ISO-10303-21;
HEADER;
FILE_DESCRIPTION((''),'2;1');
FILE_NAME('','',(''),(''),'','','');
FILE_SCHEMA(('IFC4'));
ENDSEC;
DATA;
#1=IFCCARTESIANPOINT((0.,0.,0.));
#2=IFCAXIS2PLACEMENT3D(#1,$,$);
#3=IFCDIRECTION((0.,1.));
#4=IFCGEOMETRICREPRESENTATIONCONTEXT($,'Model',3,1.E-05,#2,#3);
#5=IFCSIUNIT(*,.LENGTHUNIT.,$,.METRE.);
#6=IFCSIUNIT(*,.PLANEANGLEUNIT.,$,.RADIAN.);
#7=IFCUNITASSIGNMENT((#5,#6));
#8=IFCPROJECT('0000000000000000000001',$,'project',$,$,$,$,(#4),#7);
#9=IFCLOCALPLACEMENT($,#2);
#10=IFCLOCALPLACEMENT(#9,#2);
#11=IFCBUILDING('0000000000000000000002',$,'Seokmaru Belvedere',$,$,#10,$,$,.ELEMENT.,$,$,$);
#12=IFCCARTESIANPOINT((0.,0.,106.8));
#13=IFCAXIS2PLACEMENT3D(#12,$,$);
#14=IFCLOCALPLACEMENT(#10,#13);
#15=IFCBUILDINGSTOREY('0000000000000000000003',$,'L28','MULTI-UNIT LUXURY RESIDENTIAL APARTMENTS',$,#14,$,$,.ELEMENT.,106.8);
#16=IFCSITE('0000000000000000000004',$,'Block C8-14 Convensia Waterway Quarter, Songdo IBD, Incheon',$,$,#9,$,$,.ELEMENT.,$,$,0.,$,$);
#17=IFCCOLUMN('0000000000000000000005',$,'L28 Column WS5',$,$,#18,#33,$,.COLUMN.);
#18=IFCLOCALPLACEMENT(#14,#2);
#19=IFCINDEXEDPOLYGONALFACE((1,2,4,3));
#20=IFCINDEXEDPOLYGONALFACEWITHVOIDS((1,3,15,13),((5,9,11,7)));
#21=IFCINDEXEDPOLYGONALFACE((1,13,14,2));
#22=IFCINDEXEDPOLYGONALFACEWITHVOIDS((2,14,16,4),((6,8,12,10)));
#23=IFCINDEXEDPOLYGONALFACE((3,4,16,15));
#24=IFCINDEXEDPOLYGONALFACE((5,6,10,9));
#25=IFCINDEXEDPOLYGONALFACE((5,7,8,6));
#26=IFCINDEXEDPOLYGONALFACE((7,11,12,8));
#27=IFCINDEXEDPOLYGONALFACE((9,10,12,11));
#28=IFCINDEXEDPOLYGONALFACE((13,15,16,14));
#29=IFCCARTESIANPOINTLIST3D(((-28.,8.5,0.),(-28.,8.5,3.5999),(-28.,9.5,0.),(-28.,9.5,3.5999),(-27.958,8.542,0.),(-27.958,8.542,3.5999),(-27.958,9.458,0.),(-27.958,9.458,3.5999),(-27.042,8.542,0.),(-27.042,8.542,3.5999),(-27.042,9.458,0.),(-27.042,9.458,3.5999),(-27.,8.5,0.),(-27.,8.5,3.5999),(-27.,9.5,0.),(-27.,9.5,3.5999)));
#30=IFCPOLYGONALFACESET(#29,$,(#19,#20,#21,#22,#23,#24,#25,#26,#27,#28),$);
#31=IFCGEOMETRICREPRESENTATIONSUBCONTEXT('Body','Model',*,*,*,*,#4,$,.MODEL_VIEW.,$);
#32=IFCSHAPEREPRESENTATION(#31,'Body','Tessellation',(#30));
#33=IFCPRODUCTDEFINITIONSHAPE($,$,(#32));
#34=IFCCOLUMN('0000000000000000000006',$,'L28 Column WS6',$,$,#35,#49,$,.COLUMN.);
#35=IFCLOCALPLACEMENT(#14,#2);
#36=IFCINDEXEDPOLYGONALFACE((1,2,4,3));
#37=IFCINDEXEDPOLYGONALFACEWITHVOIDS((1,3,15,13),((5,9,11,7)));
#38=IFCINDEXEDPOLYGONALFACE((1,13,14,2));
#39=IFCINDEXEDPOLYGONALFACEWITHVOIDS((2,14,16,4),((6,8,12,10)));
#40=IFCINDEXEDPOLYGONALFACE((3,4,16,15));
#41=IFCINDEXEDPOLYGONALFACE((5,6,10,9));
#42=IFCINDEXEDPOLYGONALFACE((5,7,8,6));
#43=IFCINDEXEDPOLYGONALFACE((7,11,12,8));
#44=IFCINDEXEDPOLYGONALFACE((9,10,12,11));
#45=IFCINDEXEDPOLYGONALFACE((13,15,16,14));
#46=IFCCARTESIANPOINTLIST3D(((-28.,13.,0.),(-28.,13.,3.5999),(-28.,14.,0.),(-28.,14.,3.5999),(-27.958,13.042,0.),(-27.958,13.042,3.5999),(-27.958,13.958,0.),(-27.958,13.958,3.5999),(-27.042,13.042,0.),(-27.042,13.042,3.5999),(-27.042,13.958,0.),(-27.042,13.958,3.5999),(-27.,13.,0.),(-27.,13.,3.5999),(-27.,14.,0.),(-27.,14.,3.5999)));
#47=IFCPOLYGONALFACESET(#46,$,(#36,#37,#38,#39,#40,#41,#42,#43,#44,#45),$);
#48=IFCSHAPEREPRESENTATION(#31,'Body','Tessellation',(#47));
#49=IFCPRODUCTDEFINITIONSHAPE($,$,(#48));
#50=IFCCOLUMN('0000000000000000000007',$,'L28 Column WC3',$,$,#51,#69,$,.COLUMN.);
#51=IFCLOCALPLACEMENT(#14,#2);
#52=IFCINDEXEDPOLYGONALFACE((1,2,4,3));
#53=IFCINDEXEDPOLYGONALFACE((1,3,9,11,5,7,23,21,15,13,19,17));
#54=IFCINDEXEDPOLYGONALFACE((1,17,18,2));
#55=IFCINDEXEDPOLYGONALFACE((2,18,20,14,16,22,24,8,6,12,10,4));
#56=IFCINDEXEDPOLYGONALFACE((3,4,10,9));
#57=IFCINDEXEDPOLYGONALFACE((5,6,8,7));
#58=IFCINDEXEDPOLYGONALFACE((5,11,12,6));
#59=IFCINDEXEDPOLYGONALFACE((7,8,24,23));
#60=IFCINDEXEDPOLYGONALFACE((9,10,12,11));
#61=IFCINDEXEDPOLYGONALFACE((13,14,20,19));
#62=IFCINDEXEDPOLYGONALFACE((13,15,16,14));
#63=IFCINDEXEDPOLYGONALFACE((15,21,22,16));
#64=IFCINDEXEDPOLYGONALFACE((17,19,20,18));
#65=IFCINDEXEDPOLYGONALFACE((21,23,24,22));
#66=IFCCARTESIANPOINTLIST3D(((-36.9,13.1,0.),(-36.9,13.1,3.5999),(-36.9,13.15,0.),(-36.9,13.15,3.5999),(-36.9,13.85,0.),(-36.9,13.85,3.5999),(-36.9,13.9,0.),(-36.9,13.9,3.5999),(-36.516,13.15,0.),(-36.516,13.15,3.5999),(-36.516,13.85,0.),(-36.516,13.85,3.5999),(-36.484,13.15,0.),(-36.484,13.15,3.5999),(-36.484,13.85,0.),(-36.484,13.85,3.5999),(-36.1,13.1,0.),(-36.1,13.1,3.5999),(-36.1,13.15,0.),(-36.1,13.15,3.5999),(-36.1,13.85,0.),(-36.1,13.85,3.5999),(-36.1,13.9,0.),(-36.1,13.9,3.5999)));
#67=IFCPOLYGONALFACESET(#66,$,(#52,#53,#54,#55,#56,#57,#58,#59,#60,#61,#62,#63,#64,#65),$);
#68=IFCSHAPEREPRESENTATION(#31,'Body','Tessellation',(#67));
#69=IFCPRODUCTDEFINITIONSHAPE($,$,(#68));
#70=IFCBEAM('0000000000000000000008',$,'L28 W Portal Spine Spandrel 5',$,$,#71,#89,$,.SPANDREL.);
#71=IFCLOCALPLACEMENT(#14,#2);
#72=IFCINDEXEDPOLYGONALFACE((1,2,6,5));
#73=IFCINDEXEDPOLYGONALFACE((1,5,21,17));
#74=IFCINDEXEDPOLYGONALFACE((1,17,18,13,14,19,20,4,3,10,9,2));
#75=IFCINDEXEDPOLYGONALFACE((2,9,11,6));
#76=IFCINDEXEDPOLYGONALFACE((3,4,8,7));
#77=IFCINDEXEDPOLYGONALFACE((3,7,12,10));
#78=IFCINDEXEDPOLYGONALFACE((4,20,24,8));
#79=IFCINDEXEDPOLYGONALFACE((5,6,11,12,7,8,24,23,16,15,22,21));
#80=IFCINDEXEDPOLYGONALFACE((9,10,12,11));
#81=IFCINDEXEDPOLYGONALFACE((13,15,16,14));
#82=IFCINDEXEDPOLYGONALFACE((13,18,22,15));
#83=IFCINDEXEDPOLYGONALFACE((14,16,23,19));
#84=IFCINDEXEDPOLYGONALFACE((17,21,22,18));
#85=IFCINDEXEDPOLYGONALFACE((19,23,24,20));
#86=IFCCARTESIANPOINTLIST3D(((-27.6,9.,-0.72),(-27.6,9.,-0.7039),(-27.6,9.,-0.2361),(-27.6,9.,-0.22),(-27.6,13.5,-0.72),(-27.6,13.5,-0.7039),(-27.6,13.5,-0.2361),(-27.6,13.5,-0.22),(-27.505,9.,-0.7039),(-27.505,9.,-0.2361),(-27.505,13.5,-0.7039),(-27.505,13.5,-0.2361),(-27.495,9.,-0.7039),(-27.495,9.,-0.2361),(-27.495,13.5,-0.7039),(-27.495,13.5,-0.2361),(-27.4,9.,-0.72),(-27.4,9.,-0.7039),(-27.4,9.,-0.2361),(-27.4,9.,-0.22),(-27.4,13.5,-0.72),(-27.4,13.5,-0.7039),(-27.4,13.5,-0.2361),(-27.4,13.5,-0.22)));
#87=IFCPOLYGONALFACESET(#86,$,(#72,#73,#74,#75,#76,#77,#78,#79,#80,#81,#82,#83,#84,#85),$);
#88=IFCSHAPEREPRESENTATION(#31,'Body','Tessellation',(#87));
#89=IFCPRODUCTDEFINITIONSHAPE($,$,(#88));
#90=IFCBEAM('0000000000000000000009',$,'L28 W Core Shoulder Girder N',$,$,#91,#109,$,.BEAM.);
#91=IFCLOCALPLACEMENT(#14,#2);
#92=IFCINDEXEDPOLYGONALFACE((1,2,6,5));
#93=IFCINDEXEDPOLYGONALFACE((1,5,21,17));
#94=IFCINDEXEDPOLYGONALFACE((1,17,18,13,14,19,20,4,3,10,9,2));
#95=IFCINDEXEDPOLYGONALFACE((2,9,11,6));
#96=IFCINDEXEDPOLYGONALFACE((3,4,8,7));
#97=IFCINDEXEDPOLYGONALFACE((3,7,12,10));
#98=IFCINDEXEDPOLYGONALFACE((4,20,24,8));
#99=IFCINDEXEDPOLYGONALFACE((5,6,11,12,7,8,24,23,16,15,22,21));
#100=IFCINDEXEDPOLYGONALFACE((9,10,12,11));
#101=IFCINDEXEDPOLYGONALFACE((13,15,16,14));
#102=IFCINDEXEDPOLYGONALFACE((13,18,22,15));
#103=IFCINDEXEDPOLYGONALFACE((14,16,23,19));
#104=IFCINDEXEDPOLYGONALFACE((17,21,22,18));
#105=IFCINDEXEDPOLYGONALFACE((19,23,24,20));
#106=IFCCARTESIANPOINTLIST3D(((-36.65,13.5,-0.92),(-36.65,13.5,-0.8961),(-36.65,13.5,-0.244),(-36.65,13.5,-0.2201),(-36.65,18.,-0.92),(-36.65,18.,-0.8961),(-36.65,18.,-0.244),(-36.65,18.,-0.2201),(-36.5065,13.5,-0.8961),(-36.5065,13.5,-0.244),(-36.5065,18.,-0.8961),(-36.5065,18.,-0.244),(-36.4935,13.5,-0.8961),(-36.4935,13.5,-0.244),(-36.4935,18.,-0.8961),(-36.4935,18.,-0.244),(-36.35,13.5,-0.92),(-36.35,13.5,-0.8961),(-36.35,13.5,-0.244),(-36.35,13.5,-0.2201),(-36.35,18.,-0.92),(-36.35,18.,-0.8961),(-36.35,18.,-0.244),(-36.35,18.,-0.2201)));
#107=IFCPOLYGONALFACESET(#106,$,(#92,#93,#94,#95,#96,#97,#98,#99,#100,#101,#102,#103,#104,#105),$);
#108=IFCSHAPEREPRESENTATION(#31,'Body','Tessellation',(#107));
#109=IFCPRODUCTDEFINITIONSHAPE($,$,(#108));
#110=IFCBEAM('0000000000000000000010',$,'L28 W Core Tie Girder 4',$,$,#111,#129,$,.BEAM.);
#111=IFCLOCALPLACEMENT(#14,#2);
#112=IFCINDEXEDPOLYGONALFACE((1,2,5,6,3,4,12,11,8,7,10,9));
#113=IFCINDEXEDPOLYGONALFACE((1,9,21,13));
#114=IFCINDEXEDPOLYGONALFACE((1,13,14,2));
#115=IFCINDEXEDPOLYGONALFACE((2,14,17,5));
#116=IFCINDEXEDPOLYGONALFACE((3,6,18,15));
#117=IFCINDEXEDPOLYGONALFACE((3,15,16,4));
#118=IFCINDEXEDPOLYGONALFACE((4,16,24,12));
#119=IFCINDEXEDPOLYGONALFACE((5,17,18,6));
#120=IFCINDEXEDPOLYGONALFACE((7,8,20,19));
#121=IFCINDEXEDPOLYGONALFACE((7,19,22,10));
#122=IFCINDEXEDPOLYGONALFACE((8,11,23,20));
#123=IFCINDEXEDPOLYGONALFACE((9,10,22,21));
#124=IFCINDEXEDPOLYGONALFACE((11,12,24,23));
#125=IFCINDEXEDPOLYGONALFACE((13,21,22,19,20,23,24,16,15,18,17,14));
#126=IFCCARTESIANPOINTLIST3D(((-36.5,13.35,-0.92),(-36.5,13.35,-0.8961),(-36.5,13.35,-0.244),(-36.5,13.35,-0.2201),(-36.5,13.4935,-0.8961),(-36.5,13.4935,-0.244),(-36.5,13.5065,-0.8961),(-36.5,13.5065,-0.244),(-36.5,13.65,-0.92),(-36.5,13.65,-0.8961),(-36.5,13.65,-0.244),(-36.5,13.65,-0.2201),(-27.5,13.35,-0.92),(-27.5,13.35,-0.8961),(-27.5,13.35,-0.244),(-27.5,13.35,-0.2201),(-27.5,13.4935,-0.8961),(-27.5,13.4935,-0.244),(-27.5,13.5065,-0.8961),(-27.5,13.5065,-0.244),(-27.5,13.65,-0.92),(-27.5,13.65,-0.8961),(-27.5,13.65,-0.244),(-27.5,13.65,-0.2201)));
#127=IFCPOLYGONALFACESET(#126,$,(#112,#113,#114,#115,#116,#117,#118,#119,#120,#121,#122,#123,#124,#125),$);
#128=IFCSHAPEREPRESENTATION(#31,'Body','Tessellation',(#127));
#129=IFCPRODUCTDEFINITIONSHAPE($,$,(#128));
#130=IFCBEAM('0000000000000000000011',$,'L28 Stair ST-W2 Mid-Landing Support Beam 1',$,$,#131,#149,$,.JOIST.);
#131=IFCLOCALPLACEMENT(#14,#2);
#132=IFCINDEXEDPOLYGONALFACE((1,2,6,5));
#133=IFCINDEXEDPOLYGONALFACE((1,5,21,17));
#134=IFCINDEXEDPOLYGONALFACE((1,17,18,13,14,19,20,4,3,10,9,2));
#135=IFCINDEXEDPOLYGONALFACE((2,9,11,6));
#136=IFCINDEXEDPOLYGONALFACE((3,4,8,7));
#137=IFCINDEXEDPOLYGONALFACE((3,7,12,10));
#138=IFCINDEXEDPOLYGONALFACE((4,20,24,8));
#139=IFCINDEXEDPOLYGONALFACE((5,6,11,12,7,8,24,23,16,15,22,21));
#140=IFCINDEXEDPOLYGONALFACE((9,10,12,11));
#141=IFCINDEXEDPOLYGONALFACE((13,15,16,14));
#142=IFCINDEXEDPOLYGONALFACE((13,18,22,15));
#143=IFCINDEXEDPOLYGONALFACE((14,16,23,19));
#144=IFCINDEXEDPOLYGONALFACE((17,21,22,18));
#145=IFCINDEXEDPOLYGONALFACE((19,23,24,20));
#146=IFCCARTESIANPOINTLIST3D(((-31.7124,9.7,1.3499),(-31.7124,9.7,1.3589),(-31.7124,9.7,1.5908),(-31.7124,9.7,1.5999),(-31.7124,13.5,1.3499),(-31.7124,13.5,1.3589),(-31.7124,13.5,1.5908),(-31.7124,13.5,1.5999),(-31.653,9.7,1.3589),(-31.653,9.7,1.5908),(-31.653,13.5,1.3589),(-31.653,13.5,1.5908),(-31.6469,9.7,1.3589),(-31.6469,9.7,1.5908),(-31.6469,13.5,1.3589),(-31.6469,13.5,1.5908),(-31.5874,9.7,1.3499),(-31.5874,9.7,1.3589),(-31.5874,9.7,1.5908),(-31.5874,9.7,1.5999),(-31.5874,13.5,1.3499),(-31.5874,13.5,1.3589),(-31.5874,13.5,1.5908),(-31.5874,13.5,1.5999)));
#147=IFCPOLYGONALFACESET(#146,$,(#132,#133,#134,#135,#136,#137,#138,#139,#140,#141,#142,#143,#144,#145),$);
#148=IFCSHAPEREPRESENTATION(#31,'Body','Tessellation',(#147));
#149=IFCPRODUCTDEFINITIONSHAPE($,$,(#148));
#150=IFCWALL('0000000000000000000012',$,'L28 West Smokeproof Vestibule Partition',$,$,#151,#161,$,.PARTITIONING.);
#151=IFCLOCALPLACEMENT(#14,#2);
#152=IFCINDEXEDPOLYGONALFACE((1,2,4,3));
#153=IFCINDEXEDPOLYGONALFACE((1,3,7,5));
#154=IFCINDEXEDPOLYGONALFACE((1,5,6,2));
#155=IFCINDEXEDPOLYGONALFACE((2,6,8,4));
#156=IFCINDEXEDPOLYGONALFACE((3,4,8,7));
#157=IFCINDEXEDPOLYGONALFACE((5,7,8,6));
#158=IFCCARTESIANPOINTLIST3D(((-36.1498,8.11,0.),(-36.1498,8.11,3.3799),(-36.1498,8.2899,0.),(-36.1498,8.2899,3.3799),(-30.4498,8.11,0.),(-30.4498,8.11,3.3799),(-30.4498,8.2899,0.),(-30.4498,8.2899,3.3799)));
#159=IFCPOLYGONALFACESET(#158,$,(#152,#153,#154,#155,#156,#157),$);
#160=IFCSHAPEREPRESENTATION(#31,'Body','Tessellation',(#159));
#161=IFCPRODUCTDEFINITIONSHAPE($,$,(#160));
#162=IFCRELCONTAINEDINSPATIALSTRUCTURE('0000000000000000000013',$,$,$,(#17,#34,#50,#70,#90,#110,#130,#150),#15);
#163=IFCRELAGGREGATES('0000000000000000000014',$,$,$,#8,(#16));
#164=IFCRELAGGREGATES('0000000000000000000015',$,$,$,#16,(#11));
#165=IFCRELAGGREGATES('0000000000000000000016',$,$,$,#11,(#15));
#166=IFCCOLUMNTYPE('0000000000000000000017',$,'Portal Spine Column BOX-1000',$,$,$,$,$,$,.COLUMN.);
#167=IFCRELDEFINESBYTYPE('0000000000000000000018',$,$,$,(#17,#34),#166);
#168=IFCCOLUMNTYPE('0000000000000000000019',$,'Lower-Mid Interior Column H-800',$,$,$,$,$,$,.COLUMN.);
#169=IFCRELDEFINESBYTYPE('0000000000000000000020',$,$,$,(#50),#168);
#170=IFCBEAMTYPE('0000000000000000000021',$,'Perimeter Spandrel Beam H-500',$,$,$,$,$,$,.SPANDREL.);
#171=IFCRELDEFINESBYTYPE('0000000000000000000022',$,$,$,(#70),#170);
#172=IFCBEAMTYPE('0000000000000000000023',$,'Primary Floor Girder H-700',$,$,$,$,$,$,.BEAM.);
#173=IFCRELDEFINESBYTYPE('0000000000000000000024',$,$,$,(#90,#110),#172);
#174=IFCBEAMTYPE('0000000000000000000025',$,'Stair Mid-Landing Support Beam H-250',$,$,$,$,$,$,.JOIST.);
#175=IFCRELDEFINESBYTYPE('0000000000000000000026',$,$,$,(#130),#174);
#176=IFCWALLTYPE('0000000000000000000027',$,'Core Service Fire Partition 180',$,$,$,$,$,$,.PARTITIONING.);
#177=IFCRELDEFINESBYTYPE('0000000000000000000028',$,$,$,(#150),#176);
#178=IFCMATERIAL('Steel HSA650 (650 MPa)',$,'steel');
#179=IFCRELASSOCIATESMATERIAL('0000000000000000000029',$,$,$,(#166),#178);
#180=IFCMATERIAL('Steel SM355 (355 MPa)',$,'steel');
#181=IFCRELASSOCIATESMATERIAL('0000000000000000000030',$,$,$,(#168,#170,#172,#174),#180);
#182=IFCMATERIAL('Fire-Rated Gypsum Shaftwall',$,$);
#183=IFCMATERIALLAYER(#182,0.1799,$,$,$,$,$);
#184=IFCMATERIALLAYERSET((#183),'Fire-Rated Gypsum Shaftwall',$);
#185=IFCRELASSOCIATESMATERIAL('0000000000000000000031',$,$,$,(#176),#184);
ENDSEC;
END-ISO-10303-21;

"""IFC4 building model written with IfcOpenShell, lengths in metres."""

from ifc_helpers import new_model, si_unit, direction, frame, frame_2d, origin, origin_2d, place, context, subcontext, project, spatial, rectangle, hollow_rectangle, i_section, extrude, source, transform, mapped, material, layer, layer_set, material_profile, profile_set, type_object, type_shapes, element, save


model = new_model("IFC4")

# Units and contexts
model_context = context("Model", 3, precision=1e-05, world=origin(), true_north=direction((0.0, 1.0)))
body_context = subcontext(model_context, "Body", "Model", "MODEL_VIEW")
ifc_project = project(units=[si_unit("LENGTHUNIT", "METRE"), si_unit("PLANEANGLEUNIT", "RADIAN")], contexts=[model_context])

# Site, building, storey
site_placement = place(None, origin())
site = spatial("IfcSite", under=ifc_project, at=site_placement, Name="Block C8-14 Convensia Waterway Quarter, Songdo IBD, Incheon", CompositionType="ELEMENT", RefElevation=0.0)
building_placement = place(site_placement, origin())
building = spatial("IfcBuilding", under=site, at=building_placement, Name="Seokmaru Belvedere", CompositionType="ELEMENT")
storey_placement = place(building_placement, frame((0.0, 0.0, 106.8)))
storey = spatial("IfcBuildingStorey", under=building, at=storey_placement, Name="L28", Description="MULTI-UNIT LUXURY RESIDENTIAL APARTMENTS", CompositionType="ELEMENT", Elevation=106.8)

# Columns
ifc_material_1 = material(Name="Steel HSA650 (650 MPa)", Category="steel")
ifc_material_profile_1 = material_profile(ifc_material_1, hollow_rectangle(XDim=1.0, YDim=1.0, WallThickness=0.042, at=origin_2d()), Name="BOX-1000x1000x42")
ifc_profile_set_1 = profile_set([ifc_material_profile_1], Name="Steel HSA650 (650 MPa)")
column_type_1 = type_object("IfcColumnType", Name="Portal Spine Column BOX-1000", PredefinedType="COLUMN", material=ifc_profile_set_1)
shared_shape_1 = source(origin(), body_context, "Body", "SweptSolid", [
    extrude(hollow_rectangle(XDim=1.0, YDim=1.0, WallThickness=0.042, at=origin_2d()), origin(), (0.0, 0.0, 1.0), 3.5999),
])
type_shapes(column_type_1, [shared_shape_1])
for number, where, z_axis, x_axis, name in (
    (1, (-27.5, 9.0, 0.0), (0.0, 0.0, 1.0), (1.0, 0.0, 0.0), "L28 Column WS5"),
    (2, (-27.5, 13.5, 0.0), (0.0, 0.0, 1.0), (1.0, 0.0, 0.0), "L28 Column WS6"),
):
    element("IfcColumn", number, at=place(storey_placement, frame(where, z_axis=z_axis, x_axis=x_axis)), inside=storey, type_object=column_type_1, Name=name, PredefinedType="COLUMN", context=body_context, shape_type="MappedRepresentation", body=[
        mapped(shared_shape_1, transform((0.0, 0.0, 0.0), scale=1.0)),
    ])
ifc_material_2 = material(Name="Steel SM355 (355 MPa)", Category="steel")
ifc_material_profile_2 = material_profile(ifc_material_2, i_section(OverallWidth=0.8, OverallDepth=0.8, WebThickness=0.032, FlangeThickness=0.05, at=origin_2d()), Name="H-800x800x32x50")
ifc_profile_set_2 = profile_set([ifc_material_profile_2], Name="Steel SM355 (355 MPa)")
column_type_2 = type_object("IfcColumnType", Name="Lower-Mid Interior Column H-800", PredefinedType="COLUMN", material=ifc_profile_set_2)
shared_shape_2 = source(origin(), body_context, "Body", "SweptSolid", [
    extrude(i_section(OverallWidth=0.8, OverallDepth=0.8, WebThickness=0.032, FlangeThickness=0.05, at=origin_2d()), origin(), (0.0, 0.0, 1.0), 3.5999),
])
type_shapes(column_type_2, [shared_shape_2])
column_placement = place(storey_placement, frame((-36.5, 13.5, 0.0), z_axis=(0.0, 0.0, 1.0), x_axis=(1.0, 0.0, 0.0)))
element("IfcColumn", 3, at=column_placement, inside=storey, type_object=column_type_2, Name="L28 Column WC3", PredefinedType="COLUMN", context=body_context, shape_type="MappedRepresentation", body=[
    mapped(shared_shape_2, transform((0.0, 0.0, 0.0), scale=1.0)),
])

# Beams
ifc_material_profile_3 = material_profile(ifc_material_2, i_section(OverallWidth=0.2, OverallDepth=0.5, WebThickness=0.01, FlangeThickness=0.0161, at=origin_2d()), Name="H-500x200x10x16")
ifc_profile_set_3 = profile_set([ifc_material_profile_3], Name="Steel SM355 (355 MPa)")
beam_type_1 = type_object("IfcBeamType", Name="Perimeter Spandrel Beam H-500", PredefinedType="SPANDREL", material=ifc_profile_set_3)
shared_shape_3 = source(origin(), body_context, "Body", "SweptSolid", [
    extrude(i_section(OverallWidth=0.2, OverallDepth=0.5, WebThickness=0.01, FlangeThickness=0.0161, at=origin_2d()), origin(), (0.0, 0.0, 1.0), 4.5),
])
type_shapes(beam_type_1, [shared_shape_3])
beam_1_placement = place(storey_placement, frame((-27.5, 9.0, -0.47), z_axis=(0.0, 1.0, 0.0), x_axis=(-1.0, 0.0, 0.0)))
element("IfcBeam", 4, at=beam_1_placement, inside=storey, type_object=beam_type_1, Name="L28 W Portal Spine Spandrel 5", PredefinedType="SPANDREL", context=body_context, shape_type="MappedRepresentation", body=[
    mapped(shared_shape_3, transform((0.0, 0.0, 0.0), scale=1.0)),
])
ifc_material_profile_4 = material_profile(ifc_material_2, i_section(OverallWidth=0.3, OverallDepth=0.7, WebThickness=0.0129, FlangeThickness=0.0239, at=origin_2d()), Name="H-700x300x13x24")
ifc_profile_set_4 = profile_set([ifc_material_profile_4], Name="Steel SM355 (355 MPa)")
beam_type_2 = type_object("IfcBeamType", Name="Primary Floor Girder H-700", PredefinedType="BEAM", material=ifc_profile_set_4)
shared_shape_4 = source(origin(), body_context, "Body", "SweptSolid", [
    extrude(i_section(OverallWidth=0.3, OverallDepth=0.7, WebThickness=0.0129, FlangeThickness=0.0239, at=origin_2d()), origin(), (0.0, 0.0, 1.0), 4.5),
])
beam_2_placement = place(storey_placement, frame((-36.5, 13.5, -0.5701), z_axis=(0.0, 1.0, 0.0), x_axis=(-1.0, 0.0, 0.0)))
element("IfcBeam", 5, at=beam_2_placement, inside=storey, type_object=beam_type_2, Name="L28 W Core Shoulder Girder N", PredefinedType="BEAM", context=body_context, shape_type="MappedRepresentation", body=[
    mapped(shared_shape_4, transform((0.0, 0.0, 0.0), scale=1.0)),
])
shared_shape_5 = source(origin(), body_context, "Body", "SweptSolid", [
    extrude(i_section(OverallWidth=0.3, OverallDepth=0.7, WebThickness=0.0129, FlangeThickness=0.0239, at=origin_2d()), origin(), (0.0, 0.0, 1.0), 9.0),
])
type_shapes(beam_type_2, [shared_shape_4, shared_shape_5])
beam_3_placement = place(storey_placement, frame((-36.5, 13.5, -0.5701), z_axis=(1.0, 0.0, 0.0), x_axis=(0.0, 1.0, 0.0)))
element("IfcBeam", 6, at=beam_3_placement, inside=storey, type_object=beam_type_2, Name="L28 W Core Tie Girder 4", PredefinedType="BEAM", context=body_context, shape_type="MappedRepresentation", body=[
    mapped(shared_shape_5, transform((0.0, 0.0, 0.0), scale=1.0)),
])
ifc_material_profile_5 = material_profile(ifc_material_2, i_section(OverallWidth=0.125, OverallDepth=0.25, WebThickness=0.0061, FlangeThickness=0.009, at=origin_2d()), Name="H-250x125x6x9")
ifc_profile_set_5 = profile_set([ifc_material_profile_5], Name="Steel SM355 (355 MPa)")
beam_type_3 = type_object("IfcBeamType", Name="Stair Mid-Landing Support Beam H-250", PredefinedType="JOIST", material=ifc_profile_set_5)
shared_shape_6 = source(origin(), body_context, "Body", "SweptSolid", [
    extrude(i_section(OverallWidth=0.125, OverallDepth=0.25, WebThickness=0.0061, FlangeThickness=0.009, at=origin_2d()), origin(), (0.0, 0.0, 1.0), 3.8),
])
type_shapes(beam_type_3, [shared_shape_6])
beam_4_placement = place(storey_placement, frame((-31.6499, 9.7, 1.4749), z_axis=(0.0, 1.0, 0.0), x_axis=(-1.0, 0.0, 0.0)))
element("IfcBeam", 7, at=beam_4_placement, inside=storey, type_object=beam_type_3, Name="L28 Stair ST-W2 Mid-Landing Support Beam 1", PredefinedType="JOIST", context=body_context, shape_type="MappedRepresentation", body=[
    mapped(shared_shape_6, transform((0.0, 0.0, 0.0), scale=1.0)),
])

# Wall
ifc_material_3 = material(Name="Fire-Rated Gypsum Shaftwall")
ifc_layer_1 = layer(ifc_material_3, 0.1799)
ifc_layer_set_1 = layer_set([ifc_layer_1], Name="Fire-Rated Gypsum Shaftwall")
wall_type_1 = type_object("IfcWallType", Name="Core Service Fire Partition 180", PredefinedType="PARTITIONING", material=ifc_layer_set_1)
wall_1_placement = place(storey_placement, frame((-36.1499, 8.2, 0.0), z_axis=(0.0, 0.0, 1.0), x_axis=(1.0, 0.0, 0.0)))
element("IfcWall", 8, at=wall_1_placement, inside=storey, type_object=wall_type_1, Name="L28 West Smokeproof Vestibule Partition", PredefinedType="PARTITIONING", context=body_context, shape_type="SweptSolid", body=[
    extrude(rectangle(XDim=5.7, YDim=0.1799, at=frame_2d((2.8501, 0.0))), origin(), (0.0, 0.0, 1.0), 3.3799),
])

save(model, "model.ifc")
